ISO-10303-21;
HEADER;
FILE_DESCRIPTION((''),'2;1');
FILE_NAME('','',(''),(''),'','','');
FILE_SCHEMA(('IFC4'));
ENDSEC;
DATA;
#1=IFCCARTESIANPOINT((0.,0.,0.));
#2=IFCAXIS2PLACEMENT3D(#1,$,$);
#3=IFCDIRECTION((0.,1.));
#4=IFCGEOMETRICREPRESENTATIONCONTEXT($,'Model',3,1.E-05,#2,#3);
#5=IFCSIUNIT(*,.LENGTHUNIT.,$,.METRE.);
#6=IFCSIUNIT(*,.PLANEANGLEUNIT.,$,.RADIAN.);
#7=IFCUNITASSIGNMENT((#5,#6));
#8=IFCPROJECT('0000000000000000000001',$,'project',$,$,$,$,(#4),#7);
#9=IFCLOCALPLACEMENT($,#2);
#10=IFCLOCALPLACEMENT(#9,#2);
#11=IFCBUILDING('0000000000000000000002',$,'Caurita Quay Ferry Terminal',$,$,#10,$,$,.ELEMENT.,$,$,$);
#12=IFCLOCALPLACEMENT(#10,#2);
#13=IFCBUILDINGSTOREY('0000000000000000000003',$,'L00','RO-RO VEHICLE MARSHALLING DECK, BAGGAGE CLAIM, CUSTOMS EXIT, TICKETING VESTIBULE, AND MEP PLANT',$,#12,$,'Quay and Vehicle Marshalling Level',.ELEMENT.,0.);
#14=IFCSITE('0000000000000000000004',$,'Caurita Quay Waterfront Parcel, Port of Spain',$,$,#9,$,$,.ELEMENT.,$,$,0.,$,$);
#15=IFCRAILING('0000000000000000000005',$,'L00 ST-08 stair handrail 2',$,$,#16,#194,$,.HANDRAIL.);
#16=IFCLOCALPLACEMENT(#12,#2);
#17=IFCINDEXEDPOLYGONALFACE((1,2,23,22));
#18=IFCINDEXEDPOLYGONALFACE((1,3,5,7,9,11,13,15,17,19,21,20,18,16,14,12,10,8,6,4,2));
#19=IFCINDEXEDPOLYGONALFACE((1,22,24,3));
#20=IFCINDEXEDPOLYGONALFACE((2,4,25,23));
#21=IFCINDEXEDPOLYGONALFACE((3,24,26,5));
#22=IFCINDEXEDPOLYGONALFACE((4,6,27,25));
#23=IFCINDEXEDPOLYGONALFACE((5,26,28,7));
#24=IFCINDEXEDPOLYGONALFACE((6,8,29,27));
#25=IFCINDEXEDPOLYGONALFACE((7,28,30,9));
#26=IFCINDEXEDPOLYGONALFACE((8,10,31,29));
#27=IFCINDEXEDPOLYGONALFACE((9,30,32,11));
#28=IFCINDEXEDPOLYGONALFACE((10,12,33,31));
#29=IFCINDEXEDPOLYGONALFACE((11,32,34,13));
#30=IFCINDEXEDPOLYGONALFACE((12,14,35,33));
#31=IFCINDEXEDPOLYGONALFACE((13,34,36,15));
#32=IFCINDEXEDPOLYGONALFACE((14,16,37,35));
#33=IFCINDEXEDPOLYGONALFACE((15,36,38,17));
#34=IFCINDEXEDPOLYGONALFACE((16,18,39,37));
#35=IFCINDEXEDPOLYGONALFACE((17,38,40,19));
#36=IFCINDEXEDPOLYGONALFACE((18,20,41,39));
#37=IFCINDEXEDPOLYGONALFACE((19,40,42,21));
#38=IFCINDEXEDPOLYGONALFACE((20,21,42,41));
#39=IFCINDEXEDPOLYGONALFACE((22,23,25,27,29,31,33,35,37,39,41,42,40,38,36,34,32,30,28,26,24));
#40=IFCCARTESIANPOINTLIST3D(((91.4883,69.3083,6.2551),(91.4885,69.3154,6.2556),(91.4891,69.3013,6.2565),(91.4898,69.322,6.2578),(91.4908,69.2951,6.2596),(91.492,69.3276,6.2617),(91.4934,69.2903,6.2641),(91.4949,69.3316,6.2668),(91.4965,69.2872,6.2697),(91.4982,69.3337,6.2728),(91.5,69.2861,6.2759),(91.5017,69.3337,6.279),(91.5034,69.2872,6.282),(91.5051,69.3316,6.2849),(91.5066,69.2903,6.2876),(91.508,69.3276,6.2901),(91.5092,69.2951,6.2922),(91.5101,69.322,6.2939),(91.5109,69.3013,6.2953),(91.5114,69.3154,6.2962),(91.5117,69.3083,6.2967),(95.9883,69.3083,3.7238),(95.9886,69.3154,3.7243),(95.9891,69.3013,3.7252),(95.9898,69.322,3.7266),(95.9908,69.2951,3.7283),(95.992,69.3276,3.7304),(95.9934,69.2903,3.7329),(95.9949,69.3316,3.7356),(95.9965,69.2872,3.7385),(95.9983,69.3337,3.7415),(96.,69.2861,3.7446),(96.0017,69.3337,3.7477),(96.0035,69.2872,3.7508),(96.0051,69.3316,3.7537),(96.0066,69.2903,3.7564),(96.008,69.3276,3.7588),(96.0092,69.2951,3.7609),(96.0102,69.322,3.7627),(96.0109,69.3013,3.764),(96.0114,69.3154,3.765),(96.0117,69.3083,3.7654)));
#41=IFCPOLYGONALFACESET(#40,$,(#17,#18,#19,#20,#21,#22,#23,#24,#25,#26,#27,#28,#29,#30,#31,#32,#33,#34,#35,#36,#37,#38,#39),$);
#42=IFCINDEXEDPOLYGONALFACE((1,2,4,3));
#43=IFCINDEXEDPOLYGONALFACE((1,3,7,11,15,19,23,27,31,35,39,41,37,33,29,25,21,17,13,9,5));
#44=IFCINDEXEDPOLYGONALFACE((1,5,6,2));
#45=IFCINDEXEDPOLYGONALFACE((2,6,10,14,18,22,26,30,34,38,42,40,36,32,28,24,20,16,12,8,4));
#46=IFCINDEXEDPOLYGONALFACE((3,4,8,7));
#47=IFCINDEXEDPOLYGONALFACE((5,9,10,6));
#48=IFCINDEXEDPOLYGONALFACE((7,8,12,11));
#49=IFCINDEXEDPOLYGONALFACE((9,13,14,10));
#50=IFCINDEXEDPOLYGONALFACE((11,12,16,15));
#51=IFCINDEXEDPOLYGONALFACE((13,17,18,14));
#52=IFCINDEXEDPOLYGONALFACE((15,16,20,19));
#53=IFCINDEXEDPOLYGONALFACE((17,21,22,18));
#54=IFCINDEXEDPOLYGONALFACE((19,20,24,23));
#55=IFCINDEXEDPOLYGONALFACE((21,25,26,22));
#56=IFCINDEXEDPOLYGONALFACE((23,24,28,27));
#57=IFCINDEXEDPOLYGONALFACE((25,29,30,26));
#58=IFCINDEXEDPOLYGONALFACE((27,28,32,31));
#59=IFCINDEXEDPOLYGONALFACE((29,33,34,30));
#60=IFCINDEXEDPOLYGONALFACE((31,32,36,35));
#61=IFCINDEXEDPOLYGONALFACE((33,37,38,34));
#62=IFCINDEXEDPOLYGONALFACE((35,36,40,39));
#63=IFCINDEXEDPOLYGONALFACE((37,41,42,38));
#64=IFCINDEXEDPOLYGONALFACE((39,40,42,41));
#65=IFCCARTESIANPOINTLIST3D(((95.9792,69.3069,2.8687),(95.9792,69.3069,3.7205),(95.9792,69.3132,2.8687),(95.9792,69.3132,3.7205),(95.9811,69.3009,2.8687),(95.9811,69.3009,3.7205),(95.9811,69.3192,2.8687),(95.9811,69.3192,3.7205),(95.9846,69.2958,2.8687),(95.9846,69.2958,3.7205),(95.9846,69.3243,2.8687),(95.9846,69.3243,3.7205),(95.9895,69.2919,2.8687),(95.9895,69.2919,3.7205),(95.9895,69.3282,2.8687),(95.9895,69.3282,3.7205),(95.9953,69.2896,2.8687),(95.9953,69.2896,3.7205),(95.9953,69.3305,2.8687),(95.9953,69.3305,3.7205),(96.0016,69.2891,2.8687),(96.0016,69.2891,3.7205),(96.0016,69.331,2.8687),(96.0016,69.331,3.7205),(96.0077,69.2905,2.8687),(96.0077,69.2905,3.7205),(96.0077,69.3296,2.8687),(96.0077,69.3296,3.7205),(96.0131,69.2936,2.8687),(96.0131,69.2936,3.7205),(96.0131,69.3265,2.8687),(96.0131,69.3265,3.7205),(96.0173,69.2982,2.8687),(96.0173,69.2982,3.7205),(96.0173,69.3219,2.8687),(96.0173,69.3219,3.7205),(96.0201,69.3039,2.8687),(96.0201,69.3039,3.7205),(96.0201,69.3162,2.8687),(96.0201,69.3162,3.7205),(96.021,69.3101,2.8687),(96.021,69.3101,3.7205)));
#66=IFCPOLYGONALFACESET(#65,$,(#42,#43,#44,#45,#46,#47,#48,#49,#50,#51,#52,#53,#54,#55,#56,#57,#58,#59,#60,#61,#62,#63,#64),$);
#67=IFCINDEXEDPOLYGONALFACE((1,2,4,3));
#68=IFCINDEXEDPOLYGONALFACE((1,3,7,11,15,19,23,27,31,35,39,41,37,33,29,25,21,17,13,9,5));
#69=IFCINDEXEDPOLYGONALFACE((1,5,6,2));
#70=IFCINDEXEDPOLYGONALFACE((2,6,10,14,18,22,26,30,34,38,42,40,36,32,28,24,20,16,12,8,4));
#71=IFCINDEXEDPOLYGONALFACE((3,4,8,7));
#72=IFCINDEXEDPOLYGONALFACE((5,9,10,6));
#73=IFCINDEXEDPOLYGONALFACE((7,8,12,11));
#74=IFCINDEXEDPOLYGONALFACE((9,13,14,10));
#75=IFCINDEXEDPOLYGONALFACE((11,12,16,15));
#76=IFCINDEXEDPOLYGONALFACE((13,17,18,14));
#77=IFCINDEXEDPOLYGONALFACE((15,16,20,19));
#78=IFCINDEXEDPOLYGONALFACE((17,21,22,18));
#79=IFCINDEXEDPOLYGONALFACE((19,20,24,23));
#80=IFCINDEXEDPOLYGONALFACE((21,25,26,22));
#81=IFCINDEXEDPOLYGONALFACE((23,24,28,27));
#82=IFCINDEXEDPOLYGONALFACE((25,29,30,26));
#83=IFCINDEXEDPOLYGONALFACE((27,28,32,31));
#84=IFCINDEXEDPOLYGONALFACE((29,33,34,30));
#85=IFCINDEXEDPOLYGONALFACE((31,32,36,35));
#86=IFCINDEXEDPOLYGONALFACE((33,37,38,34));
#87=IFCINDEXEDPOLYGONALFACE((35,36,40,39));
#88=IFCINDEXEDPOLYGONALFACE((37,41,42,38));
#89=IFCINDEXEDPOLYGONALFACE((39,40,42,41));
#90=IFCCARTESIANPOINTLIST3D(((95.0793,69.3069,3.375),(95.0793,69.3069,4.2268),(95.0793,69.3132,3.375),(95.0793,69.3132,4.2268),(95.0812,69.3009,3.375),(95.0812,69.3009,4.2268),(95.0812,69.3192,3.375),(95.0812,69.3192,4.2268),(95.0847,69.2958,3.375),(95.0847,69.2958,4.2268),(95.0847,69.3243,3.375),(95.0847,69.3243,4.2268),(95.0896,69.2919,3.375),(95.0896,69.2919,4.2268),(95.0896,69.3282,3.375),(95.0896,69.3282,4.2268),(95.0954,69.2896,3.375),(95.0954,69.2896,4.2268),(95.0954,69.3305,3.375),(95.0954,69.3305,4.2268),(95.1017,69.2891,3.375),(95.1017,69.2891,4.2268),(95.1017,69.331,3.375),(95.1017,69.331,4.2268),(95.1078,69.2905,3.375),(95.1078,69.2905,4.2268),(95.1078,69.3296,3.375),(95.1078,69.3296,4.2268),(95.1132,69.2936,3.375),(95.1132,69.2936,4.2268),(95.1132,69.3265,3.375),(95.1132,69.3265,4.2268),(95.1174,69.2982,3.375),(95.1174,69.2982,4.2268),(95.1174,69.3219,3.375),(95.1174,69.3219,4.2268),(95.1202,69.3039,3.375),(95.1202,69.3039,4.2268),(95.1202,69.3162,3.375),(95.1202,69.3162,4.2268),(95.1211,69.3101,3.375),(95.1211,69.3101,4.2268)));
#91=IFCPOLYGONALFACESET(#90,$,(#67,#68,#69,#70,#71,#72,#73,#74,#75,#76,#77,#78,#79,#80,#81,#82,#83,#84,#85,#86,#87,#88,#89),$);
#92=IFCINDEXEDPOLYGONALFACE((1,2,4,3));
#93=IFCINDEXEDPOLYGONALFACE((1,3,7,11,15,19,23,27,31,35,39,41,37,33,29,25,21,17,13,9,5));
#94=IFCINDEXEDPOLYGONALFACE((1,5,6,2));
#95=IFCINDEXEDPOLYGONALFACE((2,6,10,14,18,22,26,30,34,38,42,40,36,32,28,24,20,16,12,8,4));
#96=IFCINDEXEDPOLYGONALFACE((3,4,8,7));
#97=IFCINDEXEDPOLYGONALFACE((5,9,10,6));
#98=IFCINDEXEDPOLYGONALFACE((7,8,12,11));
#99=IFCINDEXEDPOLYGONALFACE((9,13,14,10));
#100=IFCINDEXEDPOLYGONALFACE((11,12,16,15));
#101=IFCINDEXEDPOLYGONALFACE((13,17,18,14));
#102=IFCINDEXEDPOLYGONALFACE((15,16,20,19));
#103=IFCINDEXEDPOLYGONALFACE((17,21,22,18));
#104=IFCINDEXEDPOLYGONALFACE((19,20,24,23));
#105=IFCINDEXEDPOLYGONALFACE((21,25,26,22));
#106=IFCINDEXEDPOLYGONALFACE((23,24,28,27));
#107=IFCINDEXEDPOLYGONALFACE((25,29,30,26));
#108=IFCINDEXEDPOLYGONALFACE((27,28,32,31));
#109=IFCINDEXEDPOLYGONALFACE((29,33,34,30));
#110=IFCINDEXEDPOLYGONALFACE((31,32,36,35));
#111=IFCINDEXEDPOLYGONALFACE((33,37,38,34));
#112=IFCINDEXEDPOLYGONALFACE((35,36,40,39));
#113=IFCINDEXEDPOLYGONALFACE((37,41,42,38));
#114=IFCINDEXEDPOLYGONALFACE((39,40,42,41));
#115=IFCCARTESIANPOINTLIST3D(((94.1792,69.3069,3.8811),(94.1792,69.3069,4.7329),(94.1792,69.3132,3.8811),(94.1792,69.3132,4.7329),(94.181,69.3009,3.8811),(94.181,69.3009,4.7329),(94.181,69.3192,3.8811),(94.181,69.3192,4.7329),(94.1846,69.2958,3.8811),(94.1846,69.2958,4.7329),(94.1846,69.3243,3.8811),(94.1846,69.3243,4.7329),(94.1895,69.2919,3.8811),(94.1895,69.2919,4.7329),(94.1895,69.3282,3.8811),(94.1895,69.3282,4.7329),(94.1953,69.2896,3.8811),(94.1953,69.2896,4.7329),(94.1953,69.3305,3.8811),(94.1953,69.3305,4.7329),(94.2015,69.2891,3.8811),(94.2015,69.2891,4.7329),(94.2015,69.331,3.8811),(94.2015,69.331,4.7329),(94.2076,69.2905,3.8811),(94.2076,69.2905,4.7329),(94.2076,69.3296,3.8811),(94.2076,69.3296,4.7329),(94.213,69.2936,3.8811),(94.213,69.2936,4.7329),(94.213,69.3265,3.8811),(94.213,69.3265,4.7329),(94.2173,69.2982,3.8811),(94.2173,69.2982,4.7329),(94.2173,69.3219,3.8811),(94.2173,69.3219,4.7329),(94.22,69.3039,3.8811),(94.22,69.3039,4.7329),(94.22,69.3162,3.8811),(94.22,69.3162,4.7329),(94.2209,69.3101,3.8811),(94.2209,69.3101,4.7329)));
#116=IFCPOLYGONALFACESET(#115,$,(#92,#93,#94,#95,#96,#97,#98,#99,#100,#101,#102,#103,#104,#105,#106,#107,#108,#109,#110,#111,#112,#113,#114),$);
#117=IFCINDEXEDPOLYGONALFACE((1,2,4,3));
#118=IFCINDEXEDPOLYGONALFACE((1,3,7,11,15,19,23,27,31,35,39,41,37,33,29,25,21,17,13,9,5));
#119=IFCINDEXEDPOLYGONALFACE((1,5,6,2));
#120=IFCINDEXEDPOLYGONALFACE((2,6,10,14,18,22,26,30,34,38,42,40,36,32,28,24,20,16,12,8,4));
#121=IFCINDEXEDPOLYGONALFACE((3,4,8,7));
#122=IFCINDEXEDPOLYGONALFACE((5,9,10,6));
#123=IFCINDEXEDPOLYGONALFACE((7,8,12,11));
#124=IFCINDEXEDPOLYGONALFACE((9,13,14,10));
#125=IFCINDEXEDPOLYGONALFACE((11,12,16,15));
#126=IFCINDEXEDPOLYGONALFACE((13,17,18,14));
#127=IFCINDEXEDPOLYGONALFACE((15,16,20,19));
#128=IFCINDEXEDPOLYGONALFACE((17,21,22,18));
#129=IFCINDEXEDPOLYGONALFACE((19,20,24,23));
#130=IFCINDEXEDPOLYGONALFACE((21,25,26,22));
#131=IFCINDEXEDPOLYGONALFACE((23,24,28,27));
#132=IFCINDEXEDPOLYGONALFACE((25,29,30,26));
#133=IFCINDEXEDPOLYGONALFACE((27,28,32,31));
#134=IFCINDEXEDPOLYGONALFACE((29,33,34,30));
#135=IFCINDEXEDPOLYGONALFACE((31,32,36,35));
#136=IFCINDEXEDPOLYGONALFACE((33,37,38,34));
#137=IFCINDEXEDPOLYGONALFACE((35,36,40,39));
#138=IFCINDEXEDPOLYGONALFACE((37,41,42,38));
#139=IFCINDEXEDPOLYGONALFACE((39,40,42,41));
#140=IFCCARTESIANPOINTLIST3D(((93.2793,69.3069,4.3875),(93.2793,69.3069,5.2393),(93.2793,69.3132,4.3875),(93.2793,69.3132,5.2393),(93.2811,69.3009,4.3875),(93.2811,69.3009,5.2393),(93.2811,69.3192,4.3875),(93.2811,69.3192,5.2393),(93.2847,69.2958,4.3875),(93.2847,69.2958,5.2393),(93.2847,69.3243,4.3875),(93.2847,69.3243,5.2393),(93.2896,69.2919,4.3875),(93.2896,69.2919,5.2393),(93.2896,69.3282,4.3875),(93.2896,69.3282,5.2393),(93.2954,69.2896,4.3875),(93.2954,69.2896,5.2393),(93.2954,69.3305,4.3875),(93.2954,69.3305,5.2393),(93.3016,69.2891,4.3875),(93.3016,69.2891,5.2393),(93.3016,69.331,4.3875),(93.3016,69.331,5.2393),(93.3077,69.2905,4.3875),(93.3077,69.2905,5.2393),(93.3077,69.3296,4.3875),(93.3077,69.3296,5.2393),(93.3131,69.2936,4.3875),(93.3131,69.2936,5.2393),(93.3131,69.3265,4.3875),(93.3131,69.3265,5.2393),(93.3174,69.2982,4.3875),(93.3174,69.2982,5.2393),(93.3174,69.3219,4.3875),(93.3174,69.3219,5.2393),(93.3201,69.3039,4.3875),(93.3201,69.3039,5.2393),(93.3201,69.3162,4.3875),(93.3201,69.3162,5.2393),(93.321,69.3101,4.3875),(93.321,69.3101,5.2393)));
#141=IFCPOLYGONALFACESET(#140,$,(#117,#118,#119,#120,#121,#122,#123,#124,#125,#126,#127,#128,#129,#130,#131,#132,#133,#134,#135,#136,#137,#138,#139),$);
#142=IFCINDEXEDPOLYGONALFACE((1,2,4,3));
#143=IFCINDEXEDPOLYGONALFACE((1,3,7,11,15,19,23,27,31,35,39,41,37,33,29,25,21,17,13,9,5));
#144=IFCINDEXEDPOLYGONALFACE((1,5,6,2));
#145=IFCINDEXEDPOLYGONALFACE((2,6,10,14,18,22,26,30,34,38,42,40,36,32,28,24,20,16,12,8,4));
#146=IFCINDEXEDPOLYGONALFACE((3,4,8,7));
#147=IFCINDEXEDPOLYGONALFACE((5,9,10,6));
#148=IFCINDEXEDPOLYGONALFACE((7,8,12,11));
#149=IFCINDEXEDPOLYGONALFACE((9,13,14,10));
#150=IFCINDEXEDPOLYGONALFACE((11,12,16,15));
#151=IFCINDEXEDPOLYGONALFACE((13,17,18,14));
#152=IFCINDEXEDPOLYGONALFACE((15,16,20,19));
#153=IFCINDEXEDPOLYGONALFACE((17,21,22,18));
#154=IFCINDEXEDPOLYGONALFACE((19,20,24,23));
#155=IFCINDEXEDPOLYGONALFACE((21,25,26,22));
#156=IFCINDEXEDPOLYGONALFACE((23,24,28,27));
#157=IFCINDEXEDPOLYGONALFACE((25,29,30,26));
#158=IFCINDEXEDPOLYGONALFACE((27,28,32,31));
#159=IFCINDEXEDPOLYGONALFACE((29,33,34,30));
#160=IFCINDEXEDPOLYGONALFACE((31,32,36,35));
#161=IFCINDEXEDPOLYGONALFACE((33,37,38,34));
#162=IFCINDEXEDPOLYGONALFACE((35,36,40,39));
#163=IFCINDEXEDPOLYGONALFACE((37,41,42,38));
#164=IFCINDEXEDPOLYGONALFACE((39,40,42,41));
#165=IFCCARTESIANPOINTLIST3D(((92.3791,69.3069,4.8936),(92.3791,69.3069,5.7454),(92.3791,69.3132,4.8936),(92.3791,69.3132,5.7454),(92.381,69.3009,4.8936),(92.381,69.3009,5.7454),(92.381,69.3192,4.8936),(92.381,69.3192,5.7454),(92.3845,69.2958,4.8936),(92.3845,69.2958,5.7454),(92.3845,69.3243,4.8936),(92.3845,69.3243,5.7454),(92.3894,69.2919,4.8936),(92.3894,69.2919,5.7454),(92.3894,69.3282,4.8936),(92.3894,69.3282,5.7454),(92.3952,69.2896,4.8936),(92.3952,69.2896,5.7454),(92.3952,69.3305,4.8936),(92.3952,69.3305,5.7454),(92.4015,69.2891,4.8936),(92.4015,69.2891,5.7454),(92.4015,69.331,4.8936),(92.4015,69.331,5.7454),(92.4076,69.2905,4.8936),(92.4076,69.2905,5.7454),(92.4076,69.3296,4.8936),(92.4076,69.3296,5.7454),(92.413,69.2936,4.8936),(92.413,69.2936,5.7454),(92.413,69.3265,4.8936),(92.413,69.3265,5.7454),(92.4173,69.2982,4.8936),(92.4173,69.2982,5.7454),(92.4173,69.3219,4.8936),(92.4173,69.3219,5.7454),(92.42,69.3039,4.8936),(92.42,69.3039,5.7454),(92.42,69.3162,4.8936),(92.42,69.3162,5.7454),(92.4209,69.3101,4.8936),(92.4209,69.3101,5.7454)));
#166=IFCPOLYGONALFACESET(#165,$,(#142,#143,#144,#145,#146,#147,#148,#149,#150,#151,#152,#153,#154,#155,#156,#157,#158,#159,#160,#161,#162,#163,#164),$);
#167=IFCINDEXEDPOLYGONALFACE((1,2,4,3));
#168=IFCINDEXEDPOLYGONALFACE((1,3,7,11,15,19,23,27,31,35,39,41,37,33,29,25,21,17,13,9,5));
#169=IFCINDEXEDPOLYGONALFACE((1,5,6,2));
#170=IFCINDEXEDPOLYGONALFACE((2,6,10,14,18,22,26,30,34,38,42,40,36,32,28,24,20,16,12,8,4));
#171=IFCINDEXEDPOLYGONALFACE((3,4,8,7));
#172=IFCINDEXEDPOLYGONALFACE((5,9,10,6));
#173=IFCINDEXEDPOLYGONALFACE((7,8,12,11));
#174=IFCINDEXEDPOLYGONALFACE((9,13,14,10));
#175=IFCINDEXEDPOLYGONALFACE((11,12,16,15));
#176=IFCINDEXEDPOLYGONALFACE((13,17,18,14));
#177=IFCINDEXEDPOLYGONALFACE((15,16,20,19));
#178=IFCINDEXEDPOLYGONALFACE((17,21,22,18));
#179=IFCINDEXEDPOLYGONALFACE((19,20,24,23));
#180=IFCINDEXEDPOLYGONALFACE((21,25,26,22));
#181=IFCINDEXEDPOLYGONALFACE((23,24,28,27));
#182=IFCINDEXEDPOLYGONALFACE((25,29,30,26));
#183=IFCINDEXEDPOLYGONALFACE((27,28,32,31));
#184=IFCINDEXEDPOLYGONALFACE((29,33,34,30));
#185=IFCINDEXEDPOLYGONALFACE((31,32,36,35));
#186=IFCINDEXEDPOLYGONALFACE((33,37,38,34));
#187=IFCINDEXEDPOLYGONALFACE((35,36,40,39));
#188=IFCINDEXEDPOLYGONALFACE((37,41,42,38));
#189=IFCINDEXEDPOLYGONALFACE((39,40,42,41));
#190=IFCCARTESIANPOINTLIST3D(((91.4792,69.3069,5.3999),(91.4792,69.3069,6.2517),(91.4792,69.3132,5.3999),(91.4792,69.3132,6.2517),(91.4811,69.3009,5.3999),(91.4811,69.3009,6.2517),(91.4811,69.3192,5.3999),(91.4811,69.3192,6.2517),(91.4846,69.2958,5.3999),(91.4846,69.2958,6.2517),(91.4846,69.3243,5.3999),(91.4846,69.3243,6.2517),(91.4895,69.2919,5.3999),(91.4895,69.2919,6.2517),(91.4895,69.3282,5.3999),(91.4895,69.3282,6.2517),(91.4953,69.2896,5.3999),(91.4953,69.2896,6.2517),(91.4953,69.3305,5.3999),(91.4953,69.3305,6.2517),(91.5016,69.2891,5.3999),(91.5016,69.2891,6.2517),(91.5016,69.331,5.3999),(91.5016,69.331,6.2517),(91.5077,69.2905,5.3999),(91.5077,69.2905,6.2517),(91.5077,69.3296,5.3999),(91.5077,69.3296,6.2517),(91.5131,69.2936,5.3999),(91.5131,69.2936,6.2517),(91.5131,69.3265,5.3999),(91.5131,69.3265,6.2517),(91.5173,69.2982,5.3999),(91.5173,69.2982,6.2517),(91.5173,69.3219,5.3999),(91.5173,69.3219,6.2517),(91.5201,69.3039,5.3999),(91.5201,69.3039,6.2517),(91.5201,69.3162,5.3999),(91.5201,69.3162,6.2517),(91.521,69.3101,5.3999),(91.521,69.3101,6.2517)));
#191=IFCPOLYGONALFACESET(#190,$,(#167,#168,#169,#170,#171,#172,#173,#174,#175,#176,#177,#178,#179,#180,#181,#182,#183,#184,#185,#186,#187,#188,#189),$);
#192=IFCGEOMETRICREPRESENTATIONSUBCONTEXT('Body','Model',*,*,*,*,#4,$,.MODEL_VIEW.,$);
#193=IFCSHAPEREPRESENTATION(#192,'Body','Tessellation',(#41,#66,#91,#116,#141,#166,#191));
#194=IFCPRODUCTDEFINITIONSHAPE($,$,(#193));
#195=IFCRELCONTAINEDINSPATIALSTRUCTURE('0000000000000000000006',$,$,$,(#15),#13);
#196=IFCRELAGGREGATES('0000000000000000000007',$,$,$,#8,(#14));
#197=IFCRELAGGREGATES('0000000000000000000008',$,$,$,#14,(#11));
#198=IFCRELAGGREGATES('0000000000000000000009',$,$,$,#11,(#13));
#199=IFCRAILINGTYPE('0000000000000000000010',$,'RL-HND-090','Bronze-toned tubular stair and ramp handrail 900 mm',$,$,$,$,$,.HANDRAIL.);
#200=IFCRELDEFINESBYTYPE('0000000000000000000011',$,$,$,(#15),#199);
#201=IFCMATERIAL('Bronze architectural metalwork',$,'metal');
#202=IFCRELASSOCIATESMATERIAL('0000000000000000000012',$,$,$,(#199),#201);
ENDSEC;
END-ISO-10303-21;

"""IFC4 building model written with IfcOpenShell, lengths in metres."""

from ifc_helpers import new_model, si_unit, direction, frame, origin, origin_2d, place, context, subcontext, project, spatial, circle, extrude, material, type_object, element, save


model = new_model("IFC4")

# Units and contexts
model_context = context("Model", 3, precision=1e-05, world=origin(), true_north=direction((0.0, 1.0)))
body_context = subcontext(model_context, "Body", "Model", "MODEL_VIEW")
ifc_project = project(units=[si_unit("LENGTHUNIT", "METRE"), si_unit("PLANEANGLEUNIT", "RADIAN")], contexts=[model_context])

# Site, building, storey
site_placement = place(None, origin())
site = spatial("IfcSite", under=ifc_project, at=site_placement, Name="Caurita Quay Waterfront Parcel, Port of Spain", CompositionType="ELEMENT", RefElevation=0.0)
building_placement = place(site_placement, origin())
building = spatial("IfcBuilding", under=site, at=building_placement, Name="Caurita Quay Ferry Terminal", CompositionType="ELEMENT")
storey_placement = place(building_placement, origin())
storey = spatial("IfcBuildingStorey", under=building, at=storey_placement, Name="L00", Description="RO-RO VEHICLE MARSHALLING DECK, BAGGAGE CLAIM, CUSTOMS EXIT, TICKETING VESTIBULE, AND MEP PLANT", LongName="Quay and Vehicle Marshalling Level", CompositionType="ELEMENT", Elevation=0.0)

# Railing
ifc_material_1 = material(Name="Bronze architectural metalwork", Category="metal")
railing_type_1 = type_object("IfcRailingType", Name="RL-HND-090", Description="Bronze-toned tubular stair and ramp handrail 900 mm", PredefinedType="HANDRAIL", material=ifc_material_1)
railing_1_placement = place(storey_placement, frame((96.0, 69.3101, 2.8687)))
element("IfcRailing", 1, at=railing_1_placement, inside=storey, type_object=railing_type_1, Name="L00 ST-08 stair handrail 2", PredefinedType="HANDRAIL", context=body_context, shape_type="SweptSolid", body=[
    extrude(circle(Radius=0.0239, at=origin_2d()), frame((0.0, 0.0, 0.876), z_axis=(-0.871576, 0.0, 0.490261), x_axis=(0.0, -1.0, 0.0)), (0.0, 0.0, 1.0), 5.1631),
    extrude(circle(Radius=0.021, at=origin_2d()), origin(), (0.0, 0.0, 1.0), 0.8518),
    extrude(circle(Radius=0.021, at=origin_2d()), frame((-0.8999, 0.0, 0.5063)), (0.0, 0.0, 1.0), 0.8518),
    extrude(circle(Radius=0.021, at=origin_2d()), frame((-1.8, 0.0, 1.0125)), (0.0, 0.0, 1.0), 0.8518),
    extrude(circle(Radius=0.021, at=origin_2d()), frame((-2.7, 0.0, 1.5188)), (0.0, 0.0, 1.0), 0.8518),
    extrude(circle(Radius=0.021, at=origin_2d()), frame((-3.6001, 0.0, 2.0249)), (0.0, 0.0, 1.0), 0.8518),
    extrude(circle(Radius=0.021, at=origin_2d()), frame((-4.5, 0.0, 2.5312)), (0.0, 0.0, 1.0), 0.8518),
])

save(model, "model.ifc")
